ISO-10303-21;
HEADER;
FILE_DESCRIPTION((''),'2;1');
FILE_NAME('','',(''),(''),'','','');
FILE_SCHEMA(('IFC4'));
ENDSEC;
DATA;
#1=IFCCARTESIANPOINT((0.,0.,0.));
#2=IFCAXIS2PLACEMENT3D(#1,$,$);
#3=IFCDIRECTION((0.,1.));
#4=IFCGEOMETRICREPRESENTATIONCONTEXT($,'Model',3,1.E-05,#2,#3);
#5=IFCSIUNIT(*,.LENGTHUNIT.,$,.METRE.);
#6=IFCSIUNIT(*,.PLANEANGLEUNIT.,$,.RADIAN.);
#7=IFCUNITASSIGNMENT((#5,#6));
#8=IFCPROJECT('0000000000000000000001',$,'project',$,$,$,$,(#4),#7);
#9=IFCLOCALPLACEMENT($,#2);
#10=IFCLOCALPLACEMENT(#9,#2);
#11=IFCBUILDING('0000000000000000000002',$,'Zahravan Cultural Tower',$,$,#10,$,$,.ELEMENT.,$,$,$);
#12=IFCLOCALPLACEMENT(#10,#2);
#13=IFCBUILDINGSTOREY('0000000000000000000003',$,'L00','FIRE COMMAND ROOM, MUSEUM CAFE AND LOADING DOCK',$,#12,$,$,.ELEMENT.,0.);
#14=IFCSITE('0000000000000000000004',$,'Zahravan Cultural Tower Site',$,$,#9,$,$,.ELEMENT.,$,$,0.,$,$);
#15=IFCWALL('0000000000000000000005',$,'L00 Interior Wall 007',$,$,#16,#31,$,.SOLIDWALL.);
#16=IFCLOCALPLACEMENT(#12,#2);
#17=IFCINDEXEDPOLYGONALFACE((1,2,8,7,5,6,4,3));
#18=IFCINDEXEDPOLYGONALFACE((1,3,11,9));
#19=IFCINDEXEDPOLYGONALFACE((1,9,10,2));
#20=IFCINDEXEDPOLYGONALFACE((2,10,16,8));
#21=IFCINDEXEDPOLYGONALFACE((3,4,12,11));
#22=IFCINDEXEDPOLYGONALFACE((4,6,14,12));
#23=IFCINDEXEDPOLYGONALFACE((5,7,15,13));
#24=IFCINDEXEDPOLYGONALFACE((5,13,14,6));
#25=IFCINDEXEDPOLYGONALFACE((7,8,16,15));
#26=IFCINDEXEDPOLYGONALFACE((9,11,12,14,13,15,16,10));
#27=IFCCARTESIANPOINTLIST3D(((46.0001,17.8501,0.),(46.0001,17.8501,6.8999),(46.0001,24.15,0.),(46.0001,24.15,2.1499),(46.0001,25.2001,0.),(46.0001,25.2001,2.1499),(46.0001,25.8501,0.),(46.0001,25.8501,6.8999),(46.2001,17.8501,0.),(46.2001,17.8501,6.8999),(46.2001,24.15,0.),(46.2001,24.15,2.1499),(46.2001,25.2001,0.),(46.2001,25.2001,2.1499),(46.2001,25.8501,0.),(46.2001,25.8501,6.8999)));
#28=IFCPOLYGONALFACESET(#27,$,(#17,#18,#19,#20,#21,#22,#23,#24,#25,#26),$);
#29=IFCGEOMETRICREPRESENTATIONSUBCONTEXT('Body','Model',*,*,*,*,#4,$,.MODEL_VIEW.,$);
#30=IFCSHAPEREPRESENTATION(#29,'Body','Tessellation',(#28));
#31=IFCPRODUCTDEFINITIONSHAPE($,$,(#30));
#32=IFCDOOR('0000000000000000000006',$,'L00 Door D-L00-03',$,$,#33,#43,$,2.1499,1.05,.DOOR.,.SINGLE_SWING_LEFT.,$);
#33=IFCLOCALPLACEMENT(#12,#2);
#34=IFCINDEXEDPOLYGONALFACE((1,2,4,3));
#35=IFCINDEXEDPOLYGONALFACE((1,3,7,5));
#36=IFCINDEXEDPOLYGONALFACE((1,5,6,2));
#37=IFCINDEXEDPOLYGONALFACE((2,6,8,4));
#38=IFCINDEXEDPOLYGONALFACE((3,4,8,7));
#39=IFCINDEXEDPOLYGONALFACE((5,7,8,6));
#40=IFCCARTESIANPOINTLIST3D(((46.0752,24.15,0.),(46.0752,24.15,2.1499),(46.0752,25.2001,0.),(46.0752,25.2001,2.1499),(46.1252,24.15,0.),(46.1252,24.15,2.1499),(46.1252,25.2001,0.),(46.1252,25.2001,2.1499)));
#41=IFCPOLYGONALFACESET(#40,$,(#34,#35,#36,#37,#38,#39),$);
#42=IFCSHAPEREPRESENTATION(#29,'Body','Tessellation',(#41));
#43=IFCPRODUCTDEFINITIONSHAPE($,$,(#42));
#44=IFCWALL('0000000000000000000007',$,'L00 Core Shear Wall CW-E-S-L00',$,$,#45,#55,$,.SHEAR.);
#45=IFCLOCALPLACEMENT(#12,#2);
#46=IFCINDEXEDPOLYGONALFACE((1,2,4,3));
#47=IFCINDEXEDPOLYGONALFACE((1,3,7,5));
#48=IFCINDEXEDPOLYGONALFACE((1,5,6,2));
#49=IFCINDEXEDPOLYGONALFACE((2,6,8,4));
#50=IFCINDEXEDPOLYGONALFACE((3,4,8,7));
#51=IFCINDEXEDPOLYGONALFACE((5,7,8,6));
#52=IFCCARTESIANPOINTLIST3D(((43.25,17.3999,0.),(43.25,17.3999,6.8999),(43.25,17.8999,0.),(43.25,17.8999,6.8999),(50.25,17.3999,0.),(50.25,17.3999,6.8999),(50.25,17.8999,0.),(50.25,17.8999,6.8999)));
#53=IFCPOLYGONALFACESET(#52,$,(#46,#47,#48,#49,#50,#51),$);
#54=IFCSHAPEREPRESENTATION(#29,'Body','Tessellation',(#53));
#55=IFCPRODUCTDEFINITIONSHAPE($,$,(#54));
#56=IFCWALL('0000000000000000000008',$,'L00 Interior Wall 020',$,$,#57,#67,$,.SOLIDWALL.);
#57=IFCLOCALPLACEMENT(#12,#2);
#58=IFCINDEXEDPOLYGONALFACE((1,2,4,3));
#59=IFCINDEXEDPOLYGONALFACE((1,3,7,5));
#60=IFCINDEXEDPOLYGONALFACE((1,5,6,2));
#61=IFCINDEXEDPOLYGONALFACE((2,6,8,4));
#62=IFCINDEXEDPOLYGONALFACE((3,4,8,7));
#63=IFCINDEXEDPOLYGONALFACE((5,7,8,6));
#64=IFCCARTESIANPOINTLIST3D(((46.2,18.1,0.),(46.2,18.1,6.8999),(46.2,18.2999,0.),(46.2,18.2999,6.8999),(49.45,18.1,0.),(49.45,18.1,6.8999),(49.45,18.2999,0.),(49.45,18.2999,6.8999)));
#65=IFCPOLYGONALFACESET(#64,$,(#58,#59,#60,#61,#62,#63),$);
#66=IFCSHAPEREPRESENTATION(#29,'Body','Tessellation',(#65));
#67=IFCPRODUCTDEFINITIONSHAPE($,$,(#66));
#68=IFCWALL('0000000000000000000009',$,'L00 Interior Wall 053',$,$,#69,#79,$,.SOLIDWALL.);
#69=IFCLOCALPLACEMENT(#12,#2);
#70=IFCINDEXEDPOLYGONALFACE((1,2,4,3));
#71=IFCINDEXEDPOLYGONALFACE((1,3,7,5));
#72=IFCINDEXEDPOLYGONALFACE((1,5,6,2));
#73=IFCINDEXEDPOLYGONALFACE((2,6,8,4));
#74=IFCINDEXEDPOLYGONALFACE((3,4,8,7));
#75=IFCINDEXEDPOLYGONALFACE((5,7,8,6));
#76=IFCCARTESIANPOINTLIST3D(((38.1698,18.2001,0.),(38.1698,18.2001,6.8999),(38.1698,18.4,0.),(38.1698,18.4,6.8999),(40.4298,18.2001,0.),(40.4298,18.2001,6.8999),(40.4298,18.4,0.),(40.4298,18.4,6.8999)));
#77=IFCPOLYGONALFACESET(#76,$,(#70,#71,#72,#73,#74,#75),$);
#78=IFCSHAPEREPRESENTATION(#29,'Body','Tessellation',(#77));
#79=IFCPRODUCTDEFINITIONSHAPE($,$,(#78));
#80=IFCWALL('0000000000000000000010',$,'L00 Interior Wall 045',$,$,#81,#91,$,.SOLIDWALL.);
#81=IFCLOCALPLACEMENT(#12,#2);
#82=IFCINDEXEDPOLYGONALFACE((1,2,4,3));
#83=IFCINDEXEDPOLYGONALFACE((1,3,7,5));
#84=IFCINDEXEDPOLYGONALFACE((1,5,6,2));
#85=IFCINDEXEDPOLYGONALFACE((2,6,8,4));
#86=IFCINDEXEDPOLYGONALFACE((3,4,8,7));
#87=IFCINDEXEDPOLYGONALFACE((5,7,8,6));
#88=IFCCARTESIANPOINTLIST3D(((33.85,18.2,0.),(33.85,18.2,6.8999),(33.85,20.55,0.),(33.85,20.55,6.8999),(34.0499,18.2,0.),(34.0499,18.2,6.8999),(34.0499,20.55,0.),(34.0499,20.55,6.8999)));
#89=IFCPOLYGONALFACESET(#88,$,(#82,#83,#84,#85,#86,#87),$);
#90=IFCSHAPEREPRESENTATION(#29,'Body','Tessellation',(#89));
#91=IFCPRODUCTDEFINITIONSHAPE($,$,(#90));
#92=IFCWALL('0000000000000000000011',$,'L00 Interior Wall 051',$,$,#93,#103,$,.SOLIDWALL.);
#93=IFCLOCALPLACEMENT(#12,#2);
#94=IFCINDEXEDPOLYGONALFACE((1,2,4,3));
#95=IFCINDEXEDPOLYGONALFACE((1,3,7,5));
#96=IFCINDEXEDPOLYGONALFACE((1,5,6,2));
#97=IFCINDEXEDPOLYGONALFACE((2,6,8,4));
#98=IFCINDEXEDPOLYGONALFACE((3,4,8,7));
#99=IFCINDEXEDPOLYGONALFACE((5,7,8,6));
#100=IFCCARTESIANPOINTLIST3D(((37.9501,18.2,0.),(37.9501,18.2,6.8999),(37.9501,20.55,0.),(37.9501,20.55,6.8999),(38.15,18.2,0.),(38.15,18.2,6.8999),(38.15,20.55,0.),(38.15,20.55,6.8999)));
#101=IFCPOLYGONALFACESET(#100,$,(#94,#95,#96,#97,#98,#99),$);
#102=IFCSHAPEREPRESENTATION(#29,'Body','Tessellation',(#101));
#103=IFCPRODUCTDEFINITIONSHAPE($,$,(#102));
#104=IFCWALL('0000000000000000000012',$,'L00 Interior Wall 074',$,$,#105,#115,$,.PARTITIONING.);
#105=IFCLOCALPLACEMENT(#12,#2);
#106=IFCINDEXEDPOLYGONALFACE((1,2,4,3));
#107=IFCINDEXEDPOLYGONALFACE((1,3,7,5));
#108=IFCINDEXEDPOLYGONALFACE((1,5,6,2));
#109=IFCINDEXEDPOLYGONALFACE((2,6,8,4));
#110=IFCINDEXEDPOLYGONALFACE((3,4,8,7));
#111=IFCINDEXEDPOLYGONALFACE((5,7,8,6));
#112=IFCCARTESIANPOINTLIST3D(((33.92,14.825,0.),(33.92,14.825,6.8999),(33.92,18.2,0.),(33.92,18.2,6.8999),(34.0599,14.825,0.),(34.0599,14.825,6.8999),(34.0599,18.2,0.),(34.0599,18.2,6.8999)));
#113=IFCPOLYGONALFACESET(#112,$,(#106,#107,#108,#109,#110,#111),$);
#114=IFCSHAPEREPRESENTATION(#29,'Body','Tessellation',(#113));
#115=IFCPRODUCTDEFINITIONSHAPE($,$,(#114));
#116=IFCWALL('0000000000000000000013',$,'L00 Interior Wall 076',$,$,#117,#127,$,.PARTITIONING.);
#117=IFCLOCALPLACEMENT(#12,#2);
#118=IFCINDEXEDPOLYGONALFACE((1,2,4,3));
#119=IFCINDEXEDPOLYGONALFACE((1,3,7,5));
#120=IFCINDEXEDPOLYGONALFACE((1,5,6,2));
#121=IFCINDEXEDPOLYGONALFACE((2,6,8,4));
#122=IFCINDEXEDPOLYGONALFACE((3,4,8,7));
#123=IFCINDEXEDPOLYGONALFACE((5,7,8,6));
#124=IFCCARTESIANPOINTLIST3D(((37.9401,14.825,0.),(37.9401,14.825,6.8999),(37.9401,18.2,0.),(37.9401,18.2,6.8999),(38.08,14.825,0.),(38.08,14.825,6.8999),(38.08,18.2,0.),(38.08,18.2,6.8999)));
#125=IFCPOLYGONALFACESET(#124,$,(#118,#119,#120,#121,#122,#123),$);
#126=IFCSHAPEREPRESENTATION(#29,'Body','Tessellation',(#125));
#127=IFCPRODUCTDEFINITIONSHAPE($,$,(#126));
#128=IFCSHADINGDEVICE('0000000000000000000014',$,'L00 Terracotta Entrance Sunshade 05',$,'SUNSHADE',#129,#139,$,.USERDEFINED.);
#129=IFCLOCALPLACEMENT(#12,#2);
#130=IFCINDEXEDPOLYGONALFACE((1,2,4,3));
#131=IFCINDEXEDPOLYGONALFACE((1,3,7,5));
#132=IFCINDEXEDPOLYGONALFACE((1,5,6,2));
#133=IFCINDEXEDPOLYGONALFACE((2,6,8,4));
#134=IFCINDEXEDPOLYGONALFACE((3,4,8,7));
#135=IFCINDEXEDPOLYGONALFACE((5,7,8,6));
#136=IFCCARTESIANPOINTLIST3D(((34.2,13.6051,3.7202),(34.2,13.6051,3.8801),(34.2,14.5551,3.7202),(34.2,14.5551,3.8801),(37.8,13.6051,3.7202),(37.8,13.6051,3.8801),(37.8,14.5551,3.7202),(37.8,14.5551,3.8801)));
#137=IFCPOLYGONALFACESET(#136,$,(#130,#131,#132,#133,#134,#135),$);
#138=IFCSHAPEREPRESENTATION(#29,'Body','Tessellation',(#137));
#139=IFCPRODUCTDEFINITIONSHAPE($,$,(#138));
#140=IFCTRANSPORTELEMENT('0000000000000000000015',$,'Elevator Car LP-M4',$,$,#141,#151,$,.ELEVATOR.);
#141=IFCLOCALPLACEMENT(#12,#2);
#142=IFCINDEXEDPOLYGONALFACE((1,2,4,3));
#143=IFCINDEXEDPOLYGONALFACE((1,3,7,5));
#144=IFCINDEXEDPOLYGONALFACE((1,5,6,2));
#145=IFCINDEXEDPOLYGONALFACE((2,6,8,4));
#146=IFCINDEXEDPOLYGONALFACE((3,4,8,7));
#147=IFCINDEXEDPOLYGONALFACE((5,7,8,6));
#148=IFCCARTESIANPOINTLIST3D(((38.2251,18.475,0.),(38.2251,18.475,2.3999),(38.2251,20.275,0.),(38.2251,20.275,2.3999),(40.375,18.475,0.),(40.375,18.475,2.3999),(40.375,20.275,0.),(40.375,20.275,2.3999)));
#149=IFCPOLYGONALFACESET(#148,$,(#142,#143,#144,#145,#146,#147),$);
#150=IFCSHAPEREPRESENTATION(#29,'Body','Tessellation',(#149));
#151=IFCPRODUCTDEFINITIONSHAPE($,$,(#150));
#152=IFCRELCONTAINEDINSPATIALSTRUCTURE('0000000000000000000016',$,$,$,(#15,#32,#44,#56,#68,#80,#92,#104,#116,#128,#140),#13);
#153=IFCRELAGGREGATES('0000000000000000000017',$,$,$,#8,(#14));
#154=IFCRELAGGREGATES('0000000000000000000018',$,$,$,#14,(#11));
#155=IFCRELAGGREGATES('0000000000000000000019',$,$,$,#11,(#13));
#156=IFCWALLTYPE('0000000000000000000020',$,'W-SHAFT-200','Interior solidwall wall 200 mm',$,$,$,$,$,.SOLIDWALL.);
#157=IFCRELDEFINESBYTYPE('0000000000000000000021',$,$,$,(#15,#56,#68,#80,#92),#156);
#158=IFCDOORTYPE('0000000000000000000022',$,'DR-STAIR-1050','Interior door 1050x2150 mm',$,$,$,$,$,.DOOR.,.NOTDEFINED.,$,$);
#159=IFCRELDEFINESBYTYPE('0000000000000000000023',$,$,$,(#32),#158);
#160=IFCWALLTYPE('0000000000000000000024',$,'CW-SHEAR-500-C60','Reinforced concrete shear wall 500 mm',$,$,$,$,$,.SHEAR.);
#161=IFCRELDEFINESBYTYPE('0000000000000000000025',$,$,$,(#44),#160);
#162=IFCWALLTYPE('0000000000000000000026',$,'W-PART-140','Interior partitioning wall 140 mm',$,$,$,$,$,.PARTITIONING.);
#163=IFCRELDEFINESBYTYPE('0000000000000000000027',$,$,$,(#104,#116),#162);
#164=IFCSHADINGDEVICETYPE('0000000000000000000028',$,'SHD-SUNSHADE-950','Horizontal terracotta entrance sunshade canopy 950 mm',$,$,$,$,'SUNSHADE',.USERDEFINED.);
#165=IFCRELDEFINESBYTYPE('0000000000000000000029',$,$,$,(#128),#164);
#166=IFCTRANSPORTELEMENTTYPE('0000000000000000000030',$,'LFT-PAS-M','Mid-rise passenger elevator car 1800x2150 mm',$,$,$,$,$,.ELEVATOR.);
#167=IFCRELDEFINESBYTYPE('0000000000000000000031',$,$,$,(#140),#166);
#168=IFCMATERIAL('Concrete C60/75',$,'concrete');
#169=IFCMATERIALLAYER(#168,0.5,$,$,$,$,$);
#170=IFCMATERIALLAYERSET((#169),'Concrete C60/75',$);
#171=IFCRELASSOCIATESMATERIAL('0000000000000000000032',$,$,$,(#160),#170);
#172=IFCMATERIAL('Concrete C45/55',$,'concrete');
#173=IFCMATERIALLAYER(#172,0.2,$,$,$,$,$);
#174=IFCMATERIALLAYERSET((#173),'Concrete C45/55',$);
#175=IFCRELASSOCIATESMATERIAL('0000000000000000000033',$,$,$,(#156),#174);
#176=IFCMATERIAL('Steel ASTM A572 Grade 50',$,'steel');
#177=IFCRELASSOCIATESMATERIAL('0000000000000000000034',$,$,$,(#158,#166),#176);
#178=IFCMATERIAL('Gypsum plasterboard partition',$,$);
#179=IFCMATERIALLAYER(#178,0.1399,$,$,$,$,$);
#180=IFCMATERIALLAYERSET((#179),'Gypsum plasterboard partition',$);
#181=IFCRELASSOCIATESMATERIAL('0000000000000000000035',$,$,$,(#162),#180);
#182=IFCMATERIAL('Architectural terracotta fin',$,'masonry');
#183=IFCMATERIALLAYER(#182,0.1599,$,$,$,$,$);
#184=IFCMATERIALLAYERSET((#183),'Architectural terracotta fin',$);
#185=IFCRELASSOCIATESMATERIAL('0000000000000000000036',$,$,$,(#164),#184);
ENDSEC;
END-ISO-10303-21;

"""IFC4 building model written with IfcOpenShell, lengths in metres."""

from ifc_helpers import new_model, si_unit, direction, frame, frame_2d, origin, origin_2d, place, context, subcontext, project, spatial, rectangle, extrude, source, transform, mapped, material, layer, layer_set, type_object, element, fill, save


model = new_model("IFC4")

# Units and contexts
model_context = context("Model", 3, precision=1e-05, world=origin(), true_north=direction((0.0, 1.0)))
body_context = subcontext(model_context, "Body", "Model", "MODEL_VIEW")
ifc_project = project(units=[si_unit("LENGTHUNIT", "METRE"), si_unit("PLANEANGLEUNIT", "RADIAN")], contexts=[model_context])

# Site, building, storey
site_placement = place(None, origin())
site = spatial("IfcSite", under=ifc_project, at=site_placement, Name="Zahravan Cultural Tower Site", CompositionType="ELEMENT", RefElevation=0.0)
building_placement = place(site_placement, origin())
building = spatial("IfcBuilding", under=site, at=building_placement, Name="Zahravan Cultural Tower", CompositionType="ELEMENT")
storey_placement = place(building_placement, origin())
storey = spatial("IfcBuildingStorey", under=building, at=storey_placement, Name="L00", Description="FIRE COMMAND ROOM, MUSEUM CAFE AND LOADING DOCK", CompositionType="ELEMENT", Elevation=0.0)

# Shared definitions
ifc_material_1 = material(Name="Concrete C60/75", Category="concrete")
ifc_material_2 = material(Name="Steel ASTM A572 Grade 50", Category="steel")

# Shared definitions
ifc_layer_1 = layer(ifc_material_1, 0.5)
ifc_layer_set_1 = layer_set([ifc_layer_1], Name="Concrete C60/75")
wall_type_1 = type_object("IfcWallType", Name="CW-SHEAR-500-C60", Description="Reinforced concrete shear wall 500 mm", PredefinedType="SHEAR", material=ifc_layer_set_1)

# Wall, opening, door
ifc_material_3 = material(Name="Concrete C45/55", Category="concrete")
ifc_layer_2 = layer(ifc_material_3, 0.2)
ifc_layer_set_2 = layer_set([ifc_layer_2], Name="Concrete C45/55")
wall_type_2 = type_object("IfcWallType", Name="W-SHAFT-200", Description="Interior solidwall wall 200 mm", PredefinedType="SOLIDWALL", material=ifc_layer_set_2)
wall_1_placement = place(storey_placement, frame((46.1001, 17.8501, 0.0), z_axis=(0.0, 0.0, 1.0), x_axis=(0.0, 1.0, 0.0)))
wall_1 = element("IfcWall", 1, at=wall_1_placement, inside=storey, type_object=wall_type_2, Name="L00 Interior Wall 007", PredefinedType="SOLIDWALL", context=body_context, shape_type="SweptSolid", body=[
    extrude(rectangle(XDim=8.0, YDim=0.2, at=frame_2d((4.0, 0.0))), origin(), (0.0, 0.0, 1.0), 6.8999),
])
opening_1_placement = place(wall_1_placement, frame((6.3, 0.0, 0.0)))
opening_1 = element("IfcOpeningElement", 2, at=opening_1_placement, cuts=wall_1, PredefinedType="OPENING", context=body_context, shape_type="SweptSolid", body=[
    extrude(rectangle(XDim=1.05, YDim=2.1499, at=frame_2d((0.5249, 1.075))), frame((0.0, 0.1099, 0.0), z_axis=(0.0, -1.0, 0.0), x_axis=(1.0, 0.0, 0.0)), (0.0, 0.0, 1.0), 0.22),
])
door_type_1 = type_object("IfcDoorType", Name="DR-STAIR-1050", Description="Interior door 1050x2150 mm", OperationType="NOTDEFINED", PredefinedType="DOOR", material=ifc_material_2)
shared_shape_1 = source(origin(), body_context, "Body", "SweptSolid", [
    extrude(rectangle(XDim=1.05, YDim=2.1499, at=frame_2d((0.5249, 1.075))), frame((0.0, 0.0249, 0.0), z_axis=(0.0, -1.0, 0.0), x_axis=(1.0, 0.0, 0.0)), (0.0, 0.0, 1.0), 0.05),
])
door_1_placement = place(opening_1_placement, origin())
door_1 = element("IfcDoor", 3, at=door_1_placement, inside=storey, type_object=door_type_1, Name="L00 Door D-L00-03", OperationType="SINGLE_SWING_LEFT", OverallHeight=2.1499, OverallWidth=1.05, PredefinedType="DOOR", context=body_context, shape_type="MappedRepresentation", body=[
    mapped(shared_shape_1, transform((0.0, 0.0, 0.0), x_axis=(1.0, 0.0, 0.0), y_axis=(0.0, 1.0, 0.0), z_axis=(0.0, 0.0, 1.0), scale=1.0)),
])
fill(opening_1, door_1)

# Walls
shared_shape_2 = source(origin(), body_context, "Body", "SweptSolid", [
    extrude(rectangle(XDim=7.0, YDim=0.5, at=frame_2d((3.5, 0.0))), origin(), (0.0, 0.0, 1.0), 6.8999),
])
wall_2_placement = place(storey_placement, frame((43.25, 17.6499, 0.0), z_axis=(0.0, 0.0, 1.0), x_axis=(1.0, 0.0, 0.0)))
element("IfcWall", 4, at=wall_2_placement, inside=storey, type_object=wall_type_1, Name="L00 Core Shear Wall CW-E-S-L00", PredefinedType="SHEAR", context=body_context, shape_type="MappedRepresentation", body=[
    mapped(shared_shape_2, transform((0.0, 0.0, 0.0), x_axis=(1.0, 0.0, 0.0), y_axis=(0.0, 1.0, 0.0), z_axis=(0.0, 0.0, 1.0), scale=1.0)),
])
shared_shape_3 = source(origin(), body_context, "Body", "SweptSolid", [
    extrude(rectangle(XDim=3.25, YDim=0.2, at=frame_2d((1.625, 0.0))), origin(), (0.0, 0.0, 1.0), 6.8999),
])
wall_3_placement = place(storey_placement, frame((46.2, 18.2, 0.0), z_axis=(0.0, 0.0, 1.0), x_axis=(1.0, 0.0, 0.0)))
element("IfcWall", 5, at=wall_3_placement, inside=storey, type_object=wall_type_2, Name="L00 Interior Wall 020", PredefinedType="SOLIDWALL", context=body_context, shape_type="MappedRepresentation", body=[
    mapped(shared_shape_3, transform((0.0, 0.0, 0.0), x_axis=(1.0, 0.0, 0.0), y_axis=(0.0, 1.0, 0.0), z_axis=(0.0, 0.0, 1.0), scale=1.0)),
])
shared_shape_4 = source(origin(), body_context, "Body", "SweptSolid", [
    extrude(rectangle(XDim=2.26, YDim=0.2, at=frame_2d((1.1299, 0.0))), origin(), (0.0, 0.0, 1.0), 6.8999),
])
wall_4_placement = place(storey_placement, frame((38.1699, 18.3, 0.0), z_axis=(0.0, 0.0, 1.0), x_axis=(1.0, 0.0, 0.0)))
element("IfcWall", 6, at=wall_4_placement, inside=storey, type_object=wall_type_2, Name="L00 Interior Wall 053", PredefinedType="SOLIDWALL", context=body_context, shape_type="MappedRepresentation", body=[
    mapped(shared_shape_4, transform((0.0, 0.0, 0.0), x_axis=(1.0, 0.0, 0.0), y_axis=(0.0, 1.0, 0.0), z_axis=(0.0, 0.0, 1.0), scale=1.0)),
])
shared_shape_5 = source(origin(), body_context, "Body", "SweptSolid", [
    extrude(rectangle(XDim=2.3501, YDim=0.2, at=frame_2d((1.175, 0.0))), origin(), (0.0, 0.0, 1.0), 6.8999),
])
for number, where, z_axis, x_axis, name in (
    (7, (33.95, 18.2, 0.0), (0.0, 0.0, 1.0), (0.0, 1.0, 0.0), "L00 Interior Wall 045"),
    (8, (38.05, 18.2, 0.0), (0.0, 0.0, 1.0), (0.0, 1.0, 0.0), "L00 Interior Wall 051"),
):
    element("IfcWall", number, at=place(storey_placement, frame(where, z_axis=z_axis, x_axis=x_axis)), inside=storey, type_object=wall_type_2, Name=name, PredefinedType="SOLIDWALL", context=body_context, shape_type="MappedRepresentation", body=[
        mapped(shared_shape_5, transform((0.0, 0.0, 0.0), x_axis=(1.0, 0.0, 0.0), y_axis=(0.0, 1.0, 0.0), z_axis=(0.0, 0.0, 1.0), scale=1.0)),
    ])
ifc_material_4 = material(Name="Gypsum plasterboard partition")
ifc_layer_3 = layer(ifc_material_4, 0.1399)
ifc_layer_set_3 = layer_set([ifc_layer_3], Name="Gypsum plasterboard partition")
wall_type_3 = type_object("IfcWallType", Name="W-PART-140", Description="Interior partitioning wall 140 mm", PredefinedType="PARTITIONING", material=ifc_layer_set_3)
shared_shape_6 = source(origin(), body_context, "Body", "SweptSolid", [
    extrude(rectangle(XDim=3.375, YDim=0.1399, at=frame_2d((1.6875, 0.0))), origin(), (0.0, 0.0, 1.0), 6.8999),
])
for number, where, z_axis, x_axis, name in (
    (9, (33.99, 14.825, 0.0), (0.0, 0.0, 1.0), (0.0, 1.0, 0.0), "L00 Interior Wall 074"),
    (10, (38.01, 18.2, 0.0), (0.0, 0.0, 1.0), (0.0, -1.0, 0.0), "L00 Interior Wall 076"),
):
    element("IfcWall", number, at=place(storey_placement, frame(where, z_axis=z_axis, x_axis=x_axis)), inside=storey, type_object=wall_type_3, Name=name, PredefinedType="PARTITIONING", context=body_context, shape_type="MappedRepresentation", body=[
        mapped(shared_shape_6, transform((0.0, 0.0, 0.0), x_axis=(1.0, 0.0, 0.0), y_axis=(0.0, 1.0, 0.0), z_axis=(0.0, 0.0, 1.0), scale=1.0)),
    ])

# Shading device
ifc_material_5 = material(Name="Architectural terracotta fin", Category="masonry")
ifc_layer_4 = layer(ifc_material_5, 0.1599)
ifc_layer_set_4 = layer_set([ifc_layer_4], Name="Architectural terracotta fin")
shading_device_type = type_object("IfcShadingDeviceType", Name="SHD-SUNSHADE-950", Description="Horizontal terracotta entrance sunshade canopy 950 mm", ElementType="SUNSHADE", PredefinedType="USERDEFINED", material=ifc_layer_set_4)
shared_shape_7 = source(origin(), body_context, "Body", "SweptSolid", [
    extrude(rectangle(XDim=3.6001, YDim=0.95, at=origin_2d()), origin(), (0.0, 0.0, 1.0), 0.1599),
])
shading_device_placement = place(storey_placement, frame((36.0, 14.0801, 3.7202), z_axis=(0.0, 0.0, 1.0), x_axis=(1.0, 0.0, 0.0)))
element("IfcShadingDevice", 11, at=shading_device_placement, inside=storey, type_object=shading_device_type, Name="L00 Terracotta Entrance Sunshade 05", ObjectType="SUNSHADE", PredefinedType="USERDEFINED", context=body_context, shape_type="MappedRepresentation", body=[
    mapped(shared_shape_7, transform((0.0, 0.0, 0.0), x_axis=(1.0, 0.0, 0.0), y_axis=(0.0, 1.0, 0.0), z_axis=(0.0, 0.0, 1.0), scale=1.0)),
])

# Transport element
transport_element_type = type_object("IfcTransportElementType", Name="LFT-PAS-M", Description="Mid-rise passenger elevator car 1800x2150 mm", PredefinedType="ELEVATOR", material=ifc_material_2)
shared_shape_8 = source(origin(), body_context, "Body", "SweptSolid", [
    extrude(rectangle(XDim=2.1499, YDim=1.8, at=origin_2d()), origin(), (0.0, 0.0, 1.0), 2.3999),
])
transport_element_placement = place(storey_placement, frame((39.3, 19.375, 0.0), z_axis=(0.0, 0.0, 1.0), x_axis=(1.0, 0.0, 0.0)))
element("IfcTransportElement", 12, at=transport_element_placement, inside=storey, type_object=transport_element_type, Name="Elevator Car LP-M4", PredefinedType="ELEVATOR", context=body_context, shape_type="MappedRepresentation", body=[
    mapped(shared_shape_8, transform((0.0, 0.0, 0.0), x_axis=(1.0, 0.0, 0.0), y_axis=(0.0, 1.0, 0.0), z_axis=(0.0, 0.0, 1.0), scale=1.0)),
])

save(model, "model.ifc")
